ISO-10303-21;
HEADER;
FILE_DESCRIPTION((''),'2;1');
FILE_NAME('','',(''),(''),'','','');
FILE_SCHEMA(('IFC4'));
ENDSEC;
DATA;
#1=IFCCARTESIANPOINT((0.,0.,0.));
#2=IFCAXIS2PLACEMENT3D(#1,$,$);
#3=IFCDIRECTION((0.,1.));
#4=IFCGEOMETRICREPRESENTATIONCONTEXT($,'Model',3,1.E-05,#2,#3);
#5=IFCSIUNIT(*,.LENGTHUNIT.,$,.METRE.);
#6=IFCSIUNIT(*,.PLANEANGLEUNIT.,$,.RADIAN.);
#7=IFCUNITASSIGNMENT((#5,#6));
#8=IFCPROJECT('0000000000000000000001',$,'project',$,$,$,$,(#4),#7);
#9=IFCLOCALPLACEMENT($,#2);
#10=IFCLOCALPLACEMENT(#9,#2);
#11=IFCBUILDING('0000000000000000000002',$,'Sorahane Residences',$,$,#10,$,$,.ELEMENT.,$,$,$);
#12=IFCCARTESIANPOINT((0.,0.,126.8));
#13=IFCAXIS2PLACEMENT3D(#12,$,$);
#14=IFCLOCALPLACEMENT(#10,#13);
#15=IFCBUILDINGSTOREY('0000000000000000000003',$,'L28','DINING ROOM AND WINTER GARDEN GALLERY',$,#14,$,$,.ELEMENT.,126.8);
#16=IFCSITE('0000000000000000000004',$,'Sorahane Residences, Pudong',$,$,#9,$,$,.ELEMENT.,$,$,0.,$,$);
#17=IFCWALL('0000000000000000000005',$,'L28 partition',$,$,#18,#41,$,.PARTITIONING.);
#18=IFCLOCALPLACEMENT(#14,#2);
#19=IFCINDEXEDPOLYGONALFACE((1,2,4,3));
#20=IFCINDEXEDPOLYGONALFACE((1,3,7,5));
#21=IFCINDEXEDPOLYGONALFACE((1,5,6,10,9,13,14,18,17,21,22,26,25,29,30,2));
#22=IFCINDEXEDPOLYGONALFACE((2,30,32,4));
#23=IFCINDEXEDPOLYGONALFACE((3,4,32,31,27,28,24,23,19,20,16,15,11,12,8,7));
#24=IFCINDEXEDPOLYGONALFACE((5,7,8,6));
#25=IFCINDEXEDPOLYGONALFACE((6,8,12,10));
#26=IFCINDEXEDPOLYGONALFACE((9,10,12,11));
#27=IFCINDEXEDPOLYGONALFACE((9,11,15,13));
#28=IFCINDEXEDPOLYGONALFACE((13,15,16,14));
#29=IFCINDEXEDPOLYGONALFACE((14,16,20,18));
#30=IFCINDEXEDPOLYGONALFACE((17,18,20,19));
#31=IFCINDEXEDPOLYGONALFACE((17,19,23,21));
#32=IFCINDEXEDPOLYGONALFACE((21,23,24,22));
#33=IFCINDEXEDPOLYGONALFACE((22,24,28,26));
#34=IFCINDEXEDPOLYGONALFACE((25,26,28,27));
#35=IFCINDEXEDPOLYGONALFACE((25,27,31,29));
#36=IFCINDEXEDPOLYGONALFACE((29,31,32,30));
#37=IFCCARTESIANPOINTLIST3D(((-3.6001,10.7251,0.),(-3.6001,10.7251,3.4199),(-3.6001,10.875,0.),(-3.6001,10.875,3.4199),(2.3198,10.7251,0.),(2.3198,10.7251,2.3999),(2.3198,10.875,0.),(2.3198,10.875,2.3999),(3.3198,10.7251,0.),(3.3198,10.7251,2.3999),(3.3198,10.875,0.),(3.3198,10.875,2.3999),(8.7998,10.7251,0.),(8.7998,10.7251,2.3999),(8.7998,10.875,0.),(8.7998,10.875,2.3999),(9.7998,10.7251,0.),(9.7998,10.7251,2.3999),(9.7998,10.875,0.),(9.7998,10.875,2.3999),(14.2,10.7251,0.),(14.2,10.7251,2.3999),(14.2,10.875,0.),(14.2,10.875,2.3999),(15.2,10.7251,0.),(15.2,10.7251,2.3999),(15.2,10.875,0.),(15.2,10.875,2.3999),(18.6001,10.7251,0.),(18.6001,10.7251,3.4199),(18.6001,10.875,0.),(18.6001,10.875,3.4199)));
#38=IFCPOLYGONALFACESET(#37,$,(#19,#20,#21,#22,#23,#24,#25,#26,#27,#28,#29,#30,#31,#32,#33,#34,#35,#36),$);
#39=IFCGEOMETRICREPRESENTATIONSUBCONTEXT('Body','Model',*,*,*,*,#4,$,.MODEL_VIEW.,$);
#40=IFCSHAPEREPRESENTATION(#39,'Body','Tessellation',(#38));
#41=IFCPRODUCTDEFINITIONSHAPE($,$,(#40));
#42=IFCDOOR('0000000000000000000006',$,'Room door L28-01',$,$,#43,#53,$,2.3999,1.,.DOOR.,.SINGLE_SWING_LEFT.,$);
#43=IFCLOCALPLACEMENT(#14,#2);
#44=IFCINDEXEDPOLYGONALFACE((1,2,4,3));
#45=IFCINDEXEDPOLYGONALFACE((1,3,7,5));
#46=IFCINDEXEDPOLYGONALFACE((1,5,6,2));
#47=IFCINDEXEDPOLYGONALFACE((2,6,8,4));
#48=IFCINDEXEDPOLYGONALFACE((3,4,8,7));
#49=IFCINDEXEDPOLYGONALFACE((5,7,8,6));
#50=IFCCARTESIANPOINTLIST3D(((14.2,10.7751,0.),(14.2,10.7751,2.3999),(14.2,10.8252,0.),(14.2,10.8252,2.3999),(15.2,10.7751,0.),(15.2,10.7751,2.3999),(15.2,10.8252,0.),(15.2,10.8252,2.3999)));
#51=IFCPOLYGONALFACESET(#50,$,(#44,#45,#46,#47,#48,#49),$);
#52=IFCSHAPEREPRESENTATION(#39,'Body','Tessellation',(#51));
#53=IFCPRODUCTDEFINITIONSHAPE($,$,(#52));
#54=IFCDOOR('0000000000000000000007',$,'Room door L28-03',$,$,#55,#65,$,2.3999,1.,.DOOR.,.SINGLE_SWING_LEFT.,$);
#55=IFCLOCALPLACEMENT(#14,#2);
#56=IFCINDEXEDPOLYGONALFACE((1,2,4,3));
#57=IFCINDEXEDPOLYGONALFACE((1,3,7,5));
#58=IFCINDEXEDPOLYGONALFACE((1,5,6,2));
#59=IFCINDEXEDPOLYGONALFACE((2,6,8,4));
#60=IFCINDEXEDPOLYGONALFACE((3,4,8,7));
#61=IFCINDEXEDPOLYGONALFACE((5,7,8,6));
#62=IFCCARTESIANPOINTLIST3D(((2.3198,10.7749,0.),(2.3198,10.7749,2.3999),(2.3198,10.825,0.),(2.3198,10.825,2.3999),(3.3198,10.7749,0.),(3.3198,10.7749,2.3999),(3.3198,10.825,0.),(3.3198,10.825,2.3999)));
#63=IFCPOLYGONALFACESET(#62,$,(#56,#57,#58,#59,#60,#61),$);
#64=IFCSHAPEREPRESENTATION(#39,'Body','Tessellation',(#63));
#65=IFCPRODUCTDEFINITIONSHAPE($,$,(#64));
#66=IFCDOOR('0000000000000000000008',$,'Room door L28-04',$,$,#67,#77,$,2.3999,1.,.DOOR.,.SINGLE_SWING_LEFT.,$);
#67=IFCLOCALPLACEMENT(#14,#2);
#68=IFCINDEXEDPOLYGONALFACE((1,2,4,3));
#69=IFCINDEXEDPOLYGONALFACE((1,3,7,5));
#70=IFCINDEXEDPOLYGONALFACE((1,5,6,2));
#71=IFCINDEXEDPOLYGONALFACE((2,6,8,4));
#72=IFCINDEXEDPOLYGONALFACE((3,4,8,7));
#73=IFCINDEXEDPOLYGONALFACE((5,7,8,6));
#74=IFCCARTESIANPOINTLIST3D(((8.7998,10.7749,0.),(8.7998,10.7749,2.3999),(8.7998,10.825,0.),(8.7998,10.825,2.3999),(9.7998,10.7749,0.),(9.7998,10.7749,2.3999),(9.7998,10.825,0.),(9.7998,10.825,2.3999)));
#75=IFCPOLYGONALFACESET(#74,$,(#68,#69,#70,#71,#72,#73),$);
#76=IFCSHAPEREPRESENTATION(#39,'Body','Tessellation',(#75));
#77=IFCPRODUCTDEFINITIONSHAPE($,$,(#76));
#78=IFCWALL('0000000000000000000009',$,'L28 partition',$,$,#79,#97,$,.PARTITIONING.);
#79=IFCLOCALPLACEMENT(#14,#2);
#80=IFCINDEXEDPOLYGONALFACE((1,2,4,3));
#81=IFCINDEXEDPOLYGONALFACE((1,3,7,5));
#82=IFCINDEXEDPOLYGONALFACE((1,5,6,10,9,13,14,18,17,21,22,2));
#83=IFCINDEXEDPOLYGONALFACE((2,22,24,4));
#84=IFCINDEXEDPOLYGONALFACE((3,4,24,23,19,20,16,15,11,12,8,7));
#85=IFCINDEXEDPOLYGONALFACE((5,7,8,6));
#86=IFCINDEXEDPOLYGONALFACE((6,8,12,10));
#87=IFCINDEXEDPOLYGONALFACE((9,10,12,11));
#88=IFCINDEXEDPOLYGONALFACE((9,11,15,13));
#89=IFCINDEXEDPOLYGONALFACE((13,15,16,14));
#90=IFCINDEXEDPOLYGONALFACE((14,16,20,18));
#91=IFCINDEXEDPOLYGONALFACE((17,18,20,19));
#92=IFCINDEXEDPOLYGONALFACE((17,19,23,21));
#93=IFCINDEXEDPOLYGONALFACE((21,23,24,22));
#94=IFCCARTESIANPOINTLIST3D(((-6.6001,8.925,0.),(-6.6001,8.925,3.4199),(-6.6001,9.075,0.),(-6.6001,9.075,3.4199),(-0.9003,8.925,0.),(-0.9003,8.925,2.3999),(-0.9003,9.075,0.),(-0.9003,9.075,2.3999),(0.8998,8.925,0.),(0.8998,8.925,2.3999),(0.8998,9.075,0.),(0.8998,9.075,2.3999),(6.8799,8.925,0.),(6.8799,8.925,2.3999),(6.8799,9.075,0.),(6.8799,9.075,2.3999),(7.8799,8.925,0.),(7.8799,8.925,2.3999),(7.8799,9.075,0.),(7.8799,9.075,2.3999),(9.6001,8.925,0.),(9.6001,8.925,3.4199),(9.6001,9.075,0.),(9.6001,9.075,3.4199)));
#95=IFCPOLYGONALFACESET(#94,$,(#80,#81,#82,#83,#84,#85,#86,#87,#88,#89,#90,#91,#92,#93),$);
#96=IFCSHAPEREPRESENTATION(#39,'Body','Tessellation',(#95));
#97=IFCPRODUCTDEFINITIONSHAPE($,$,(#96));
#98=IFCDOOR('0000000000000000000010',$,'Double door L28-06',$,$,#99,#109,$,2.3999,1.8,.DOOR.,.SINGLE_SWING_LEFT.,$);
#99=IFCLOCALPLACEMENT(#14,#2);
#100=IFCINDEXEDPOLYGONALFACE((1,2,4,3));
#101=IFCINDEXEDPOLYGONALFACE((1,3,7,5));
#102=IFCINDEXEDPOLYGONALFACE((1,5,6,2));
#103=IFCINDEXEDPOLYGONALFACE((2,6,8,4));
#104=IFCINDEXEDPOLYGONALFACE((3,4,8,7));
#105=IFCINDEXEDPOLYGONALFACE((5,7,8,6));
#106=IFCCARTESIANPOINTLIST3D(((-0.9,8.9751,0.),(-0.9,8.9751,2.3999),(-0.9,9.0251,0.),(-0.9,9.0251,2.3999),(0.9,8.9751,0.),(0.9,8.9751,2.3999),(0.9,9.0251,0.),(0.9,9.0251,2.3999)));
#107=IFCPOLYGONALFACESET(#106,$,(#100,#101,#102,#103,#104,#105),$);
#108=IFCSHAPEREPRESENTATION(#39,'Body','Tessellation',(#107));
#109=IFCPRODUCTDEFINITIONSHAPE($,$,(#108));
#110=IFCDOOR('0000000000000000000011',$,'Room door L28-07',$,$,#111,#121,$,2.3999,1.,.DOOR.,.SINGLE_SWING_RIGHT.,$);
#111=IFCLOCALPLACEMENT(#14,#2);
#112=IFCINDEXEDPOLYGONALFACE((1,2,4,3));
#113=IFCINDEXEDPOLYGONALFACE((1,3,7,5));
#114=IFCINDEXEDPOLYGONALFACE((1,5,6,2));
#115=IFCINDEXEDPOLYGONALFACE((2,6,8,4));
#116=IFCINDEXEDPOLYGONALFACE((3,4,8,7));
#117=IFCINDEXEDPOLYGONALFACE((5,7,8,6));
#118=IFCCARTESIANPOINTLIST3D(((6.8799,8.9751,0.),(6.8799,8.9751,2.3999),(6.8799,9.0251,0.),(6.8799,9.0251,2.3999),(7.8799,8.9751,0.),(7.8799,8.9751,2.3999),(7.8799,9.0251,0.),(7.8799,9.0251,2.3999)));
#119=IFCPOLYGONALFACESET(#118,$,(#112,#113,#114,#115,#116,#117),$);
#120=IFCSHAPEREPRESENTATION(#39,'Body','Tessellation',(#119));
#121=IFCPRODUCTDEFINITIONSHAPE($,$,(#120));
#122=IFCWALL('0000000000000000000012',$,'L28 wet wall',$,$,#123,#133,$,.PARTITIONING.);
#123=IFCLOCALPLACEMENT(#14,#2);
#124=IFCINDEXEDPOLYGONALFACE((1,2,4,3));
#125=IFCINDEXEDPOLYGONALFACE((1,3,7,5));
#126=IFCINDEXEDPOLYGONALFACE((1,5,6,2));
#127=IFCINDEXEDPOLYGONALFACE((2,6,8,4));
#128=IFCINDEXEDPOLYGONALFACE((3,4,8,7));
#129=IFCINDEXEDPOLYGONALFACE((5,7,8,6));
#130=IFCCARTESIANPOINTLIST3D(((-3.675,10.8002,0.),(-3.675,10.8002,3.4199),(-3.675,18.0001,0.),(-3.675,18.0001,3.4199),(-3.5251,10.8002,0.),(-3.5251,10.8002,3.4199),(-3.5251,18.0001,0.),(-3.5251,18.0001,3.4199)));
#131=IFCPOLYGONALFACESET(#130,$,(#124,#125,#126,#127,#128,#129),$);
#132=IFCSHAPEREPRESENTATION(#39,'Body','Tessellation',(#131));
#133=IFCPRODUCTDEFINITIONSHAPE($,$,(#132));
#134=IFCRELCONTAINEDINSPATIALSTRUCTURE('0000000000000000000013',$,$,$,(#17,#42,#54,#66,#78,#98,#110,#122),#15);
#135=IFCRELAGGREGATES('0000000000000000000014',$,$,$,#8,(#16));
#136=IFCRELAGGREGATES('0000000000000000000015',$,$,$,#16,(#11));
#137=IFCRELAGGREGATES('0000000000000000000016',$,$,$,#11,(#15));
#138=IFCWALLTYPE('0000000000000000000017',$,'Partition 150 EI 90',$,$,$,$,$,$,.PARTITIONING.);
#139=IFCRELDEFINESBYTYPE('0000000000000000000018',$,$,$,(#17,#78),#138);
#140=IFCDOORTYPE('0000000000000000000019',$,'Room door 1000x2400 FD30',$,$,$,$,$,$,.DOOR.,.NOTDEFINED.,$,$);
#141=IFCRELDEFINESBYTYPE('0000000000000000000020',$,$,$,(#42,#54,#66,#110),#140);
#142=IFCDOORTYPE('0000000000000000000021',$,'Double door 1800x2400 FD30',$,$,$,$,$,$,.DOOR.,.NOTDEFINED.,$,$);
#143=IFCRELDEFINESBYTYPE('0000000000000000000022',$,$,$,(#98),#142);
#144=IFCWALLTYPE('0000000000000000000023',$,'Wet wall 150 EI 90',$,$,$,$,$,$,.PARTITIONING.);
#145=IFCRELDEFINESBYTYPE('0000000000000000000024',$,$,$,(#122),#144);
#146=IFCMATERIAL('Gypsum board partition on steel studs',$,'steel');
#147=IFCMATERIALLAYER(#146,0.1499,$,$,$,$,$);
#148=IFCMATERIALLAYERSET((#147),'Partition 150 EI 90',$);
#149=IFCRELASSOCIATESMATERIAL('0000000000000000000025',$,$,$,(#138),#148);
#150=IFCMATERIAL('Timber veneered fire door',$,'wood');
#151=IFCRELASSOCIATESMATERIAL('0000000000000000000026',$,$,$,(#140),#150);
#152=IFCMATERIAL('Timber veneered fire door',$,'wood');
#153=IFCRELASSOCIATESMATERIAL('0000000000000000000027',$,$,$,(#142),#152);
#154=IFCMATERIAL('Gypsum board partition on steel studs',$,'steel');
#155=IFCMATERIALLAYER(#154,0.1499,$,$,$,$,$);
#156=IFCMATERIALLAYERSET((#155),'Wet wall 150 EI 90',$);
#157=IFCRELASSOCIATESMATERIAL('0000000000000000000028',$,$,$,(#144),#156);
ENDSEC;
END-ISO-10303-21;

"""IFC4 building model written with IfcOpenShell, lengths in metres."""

from ifc_helpers import new_model, si_unit, direction, frame, frame_2d, origin, place, context, subcontext, project, spatial, rectangle, extrude, material, layer, layer_set, type_object, element, fill, save


model = new_model("IFC4")

# Units and contexts
model_context = context("Model", 3, precision=1e-05, world=origin(), true_north=direction((0.0, 1.0)))
body_context = subcontext(model_context, "Body", "Model", "MODEL_VIEW")
ifc_project = project(units=[si_unit("LENGTHUNIT", "METRE"), si_unit("PLANEANGLEUNIT", "RADIAN")], contexts=[model_context])

# Site, building, storey
site_placement = place(None, origin())
site = spatial("IfcSite", under=ifc_project, at=site_placement, Name="Sorahane Residences, Pudong", CompositionType="ELEMENT", RefElevation=0.0)
building_placement = place(site_placement, origin())
building = spatial("IfcBuilding", under=site, at=building_placement, Name="Sorahane Residences", CompositionType="ELEMENT")
storey_placement = place(building_placement, frame((0.0, 0.0, 126.8)))
storey = spatial("IfcBuildingStorey", under=building, at=storey_placement, Name="L28", Description="DINING ROOM AND WINTER GARDEN GALLERY", CompositionType="ELEMENT", Elevation=126.8)

# Shared definitions
ifc_material_1 = material(Name="Gypsum board partition on steel studs", Category="steel")
ifc_layer_1 = layer(ifc_material_1, 0.1499)
ifc_layer_set_1 = layer_set([ifc_layer_1], Name="Partition 150 EI 90")
wall_type_1 = type_object("IfcWallType", Name="Partition 150 EI 90", PredefinedType="PARTITIONING", material=ifc_layer_set_1)

# Walls, openings, doors
wall_1_placement = place(storey_placement, frame((-3.6001, 10.8, 0.0), z_axis=(0.0, 0.0, 1.0), x_axis=(1.0, 0.0, 0.0)))
wall_1 = element("IfcWall", 1, at=wall_1_placement, inside=storey, type_object=wall_type_1, Name="L28 partition", PredefinedType="PARTITIONING", context=body_context, shape_type="SweptSolid", body=[
    extrude(rectangle(XDim=22.2002, YDim=0.1499, at=frame_2d((11.1001, 0.0))), origin(), (0.0, 0.0, 1.0), 3.4199),
])
opening_1_placement = place(wall_1_placement, frame((17.8, 0.0, 0.0)))
opening_1 = element("IfcOpeningElement", 2, at=opening_1_placement, cuts=wall_1, PredefinedType="OPENING", context=body_context, shape_type="SweptSolid", body=[
    extrude(rectangle(XDim=1.0, YDim=2.3999, at=frame_2d((0.5, 1.2))), frame((0.0, 0.085, 0.0), z_axis=(0.0, -1.0, 0.0), x_axis=(1.0, 0.0, 0.0)), (0.0, 0.0, 1.0), 0.1699),
])
opening_2_placement = place(wall_1_placement, frame((5.9199, 0.0, 0.0)))
opening_2 = element("IfcOpeningElement", 3, at=opening_2_placement, cuts=wall_1, PredefinedType="OPENING", context=body_context, shape_type="SweptSolid", body=[
    extrude(rectangle(XDim=1.0, YDim=2.3999, at=frame_2d((0.5, 1.2))), frame((0.0, 0.085, 0.0), z_axis=(0.0, -1.0, 0.0), x_axis=(1.0, 0.0, 0.0)), (0.0, 0.0, 1.0), 0.1699),
])
opening_3_placement = place(wall_1_placement, frame((12.3999, 0.0, 0.0)))
opening_3 = element("IfcOpeningElement", 4, at=opening_3_placement, cuts=wall_1, PredefinedType="OPENING", context=body_context, shape_type="SweptSolid", body=[
    extrude(rectangle(XDim=1.0, YDim=2.3999, at=frame_2d((0.5, 1.2))), frame((0.0, 0.085, 0.0), z_axis=(0.0, -1.0, 0.0), x_axis=(1.0, 0.0, 0.0)), (0.0, 0.0, 1.0), 0.1699),
])
ifc_material_2 = material(Name="Timber veneered fire door", Category="wood")
door_type_1 = type_object("IfcDoorType", Name="Room door 1000x2400 FD30", OperationType="NOTDEFINED", PredefinedType="DOOR", material=ifc_material_2)
door_1_placement = place(opening_1_placement, frame((1.0, 0.0, 0.0), z_axis=(0.0, 0.0, 1.0), x_axis=(-1.0, 0.0, 0.0)))
door_1 = element("IfcDoor", 5, at=door_1_placement, inside=storey, type_object=door_type_1, Name="Room door L28-01", OperationType="SINGLE_SWING_LEFT", OverallHeight=2.3999, OverallWidth=1.0, PredefinedType="DOOR", context=body_context, shape_type="SweptSolid", body=[
    extrude(rectangle(XDim=1.0, YDim=2.3999, at=frame_2d((0.5, 1.2))), frame((0.0, 0.0249, 0.0), z_axis=(0.0, -1.0, 0.0), x_axis=(1.0, 0.0, 0.0)), (0.0, 0.0, 1.0), 0.05),
])
fill(opening_1, door_1)
door_2_placement = place(opening_2_placement, origin())
door_2 = element("IfcDoor", 6, at=door_2_placement, inside=storey, type_object=door_type_1, Name="Room door L28-03", OperationType="SINGLE_SWING_LEFT", OverallHeight=2.3999, OverallWidth=1.0, PredefinedType="DOOR", context=body_context, shape_type="SweptSolid", body=[
    extrude(rectangle(XDim=1.0, YDim=2.3999, at=frame_2d((0.5, 1.2))), frame((0.0, 0.0249, 0.0), z_axis=(0.0, -1.0, 0.0), x_axis=(1.0, 0.0, 0.0)), (0.0, 0.0, 1.0), 0.05),
])
fill(opening_2, door_2)
door_3_placement = place(opening_3_placement, origin())
door_3 = element("IfcDoor", 7, at=door_3_placement, inside=storey, type_object=door_type_1, Name="Room door L28-04", OperationType="SINGLE_SWING_LEFT", OverallHeight=2.3999, OverallWidth=1.0, PredefinedType="DOOR", context=body_context, shape_type="SweptSolid", body=[
    extrude(rectangle(XDim=1.0, YDim=2.3999, at=frame_2d((0.5, 1.2))), frame((0.0, 0.0249, 0.0), z_axis=(0.0, -1.0, 0.0), x_axis=(1.0, 0.0, 0.0)), (0.0, 0.0, 1.0), 0.05),
])
fill(opening_3, door_3)
wall_2_placement = place(storey_placement, frame((-6.6001, 9.0, 0.0), z_axis=(0.0, 0.0, 1.0), x_axis=(1.0, 0.0, 0.0)))
wall_2 = element("IfcWall", 8, at=wall_2_placement, inside=storey, type_object=wall_type_1, Name="L28 partition", PredefinedType="PARTITIONING", context=body_context, shape_type="SweptSolid", body=[
    extrude(rectangle(XDim=16.2002, YDim=0.1499, at=frame_2d((8.1001, 0.0))), origin(), (0.0, 0.0, 1.0), 3.4199),
])
opening_4_placement = place(wall_2_placement, frame((5.7, 0.0, 0.0)))
opening_4 = element("IfcOpeningElement", 9, at=opening_4_placement, cuts=wall_2, PredefinedType="OPENING", context=body_context, shape_type="SweptSolid", body=[
    extrude(rectangle(XDim=1.8, YDim=2.3999, at=frame_2d((0.8999, 1.2))), frame((0.0, 0.085, 0.0), z_axis=(0.0, -1.0, 0.0), x_axis=(1.0, 0.0, 0.0)), (0.0, 0.0, 1.0), 0.1699),
])
opening_5_placement = place(wall_2_placement, frame((13.48, 0.0, 0.0)))
opening_5 = element("IfcOpeningElement", 10, at=opening_5_placement, cuts=wall_2, PredefinedType="OPENING", context=body_context, shape_type="SweptSolid", body=[
    extrude(rectangle(XDim=1.0, YDim=2.3999, at=frame_2d((0.5, 1.2))), frame((0.0, 0.085, 0.0), z_axis=(0.0, -1.0, 0.0), x_axis=(1.0, 0.0, 0.0)), (0.0, 0.0, 1.0), 0.1699),
])
ifc_material_3 = material(Name="Timber veneered fire door", Category="wood")
door_type_2 = type_object("IfcDoorType", Name="Double door 1800x2400 FD30", OperationType="NOTDEFINED", PredefinedType="DOOR", material=ifc_material_3)
door_4_placement = place(opening_4_placement, frame((1.8, 0.0, 0.0), z_axis=(0.0, 0.0, 1.0), x_axis=(-1.0, 0.0, 0.0)))
door_4 = element("IfcDoor", 11, at=door_4_placement, inside=storey, type_object=door_type_2, Name="Double door L28-06", OperationType="SINGLE_SWING_LEFT", OverallHeight=2.3999, OverallWidth=1.8, PredefinedType="DOOR", context=body_context, shape_type="SweptSolid", body=[
    extrude(rectangle(XDim=1.8, YDim=2.3999, at=frame_2d((0.8999, 1.2))), frame((0.0, 0.0249, 0.0), z_axis=(0.0, -1.0, 0.0), x_axis=(1.0, 0.0, 0.0)), (0.0, 0.0, 1.0), 0.05),
])
fill(opening_4, door_4)
door_5_placement = place(opening_5_placement, frame((1.0, 0.0, 0.0), z_axis=(0.0, 0.0, 1.0), x_axis=(-1.0, 0.0, 0.0)))
door_5 = element("IfcDoor", 12, at=door_5_placement, inside=storey, type_object=door_type_1, Name="Room door L28-07", OperationType="SINGLE_SWING_RIGHT", OverallHeight=2.3999, OverallWidth=1.0, PredefinedType="DOOR", context=body_context, shape_type="SweptSolid", body=[
    extrude(rectangle(XDim=1.0, YDim=2.3999, at=frame_2d((0.5, 1.2))), frame((0.0, 0.0249, 0.0), z_axis=(0.0, -1.0, 0.0), x_axis=(1.0, 0.0, 0.0)), (0.0, 0.0, 1.0), 0.05),
])
fill(opening_5, door_5)

# Wall
ifc_material_4 = material(Name="Gypsum board partition on steel studs", Category="steel")
ifc_layer_2 = layer(ifc_material_4, 0.1499)
ifc_layer_set_2 = layer_set([ifc_layer_2], Name="Wet wall 150 EI 90")
wall_type_2 = type_object("IfcWallType", Name="Wet wall 150 EI 90", PredefinedType="PARTITIONING", material=ifc_layer_set_2)
wall_3_placement = place(storey_placement, frame((-3.6001, 10.8, 0.0), z_axis=(0.0, 0.0, 1.0), x_axis=(0.0, 1.0, 0.0)))
element("IfcWall", 13, at=wall_3_placement, inside=storey, type_object=wall_type_2, Name="L28 wet wall", PredefinedType="PARTITIONING", context=body_context, shape_type="SweptSolid", body=[
    extrude(rectangle(XDim=7.2, YDim=0.1499, at=frame_2d((3.6001, 0.0))), origin(), (0.0, 0.0, 1.0), 3.4199),
])

save(model, "model.ifc")
